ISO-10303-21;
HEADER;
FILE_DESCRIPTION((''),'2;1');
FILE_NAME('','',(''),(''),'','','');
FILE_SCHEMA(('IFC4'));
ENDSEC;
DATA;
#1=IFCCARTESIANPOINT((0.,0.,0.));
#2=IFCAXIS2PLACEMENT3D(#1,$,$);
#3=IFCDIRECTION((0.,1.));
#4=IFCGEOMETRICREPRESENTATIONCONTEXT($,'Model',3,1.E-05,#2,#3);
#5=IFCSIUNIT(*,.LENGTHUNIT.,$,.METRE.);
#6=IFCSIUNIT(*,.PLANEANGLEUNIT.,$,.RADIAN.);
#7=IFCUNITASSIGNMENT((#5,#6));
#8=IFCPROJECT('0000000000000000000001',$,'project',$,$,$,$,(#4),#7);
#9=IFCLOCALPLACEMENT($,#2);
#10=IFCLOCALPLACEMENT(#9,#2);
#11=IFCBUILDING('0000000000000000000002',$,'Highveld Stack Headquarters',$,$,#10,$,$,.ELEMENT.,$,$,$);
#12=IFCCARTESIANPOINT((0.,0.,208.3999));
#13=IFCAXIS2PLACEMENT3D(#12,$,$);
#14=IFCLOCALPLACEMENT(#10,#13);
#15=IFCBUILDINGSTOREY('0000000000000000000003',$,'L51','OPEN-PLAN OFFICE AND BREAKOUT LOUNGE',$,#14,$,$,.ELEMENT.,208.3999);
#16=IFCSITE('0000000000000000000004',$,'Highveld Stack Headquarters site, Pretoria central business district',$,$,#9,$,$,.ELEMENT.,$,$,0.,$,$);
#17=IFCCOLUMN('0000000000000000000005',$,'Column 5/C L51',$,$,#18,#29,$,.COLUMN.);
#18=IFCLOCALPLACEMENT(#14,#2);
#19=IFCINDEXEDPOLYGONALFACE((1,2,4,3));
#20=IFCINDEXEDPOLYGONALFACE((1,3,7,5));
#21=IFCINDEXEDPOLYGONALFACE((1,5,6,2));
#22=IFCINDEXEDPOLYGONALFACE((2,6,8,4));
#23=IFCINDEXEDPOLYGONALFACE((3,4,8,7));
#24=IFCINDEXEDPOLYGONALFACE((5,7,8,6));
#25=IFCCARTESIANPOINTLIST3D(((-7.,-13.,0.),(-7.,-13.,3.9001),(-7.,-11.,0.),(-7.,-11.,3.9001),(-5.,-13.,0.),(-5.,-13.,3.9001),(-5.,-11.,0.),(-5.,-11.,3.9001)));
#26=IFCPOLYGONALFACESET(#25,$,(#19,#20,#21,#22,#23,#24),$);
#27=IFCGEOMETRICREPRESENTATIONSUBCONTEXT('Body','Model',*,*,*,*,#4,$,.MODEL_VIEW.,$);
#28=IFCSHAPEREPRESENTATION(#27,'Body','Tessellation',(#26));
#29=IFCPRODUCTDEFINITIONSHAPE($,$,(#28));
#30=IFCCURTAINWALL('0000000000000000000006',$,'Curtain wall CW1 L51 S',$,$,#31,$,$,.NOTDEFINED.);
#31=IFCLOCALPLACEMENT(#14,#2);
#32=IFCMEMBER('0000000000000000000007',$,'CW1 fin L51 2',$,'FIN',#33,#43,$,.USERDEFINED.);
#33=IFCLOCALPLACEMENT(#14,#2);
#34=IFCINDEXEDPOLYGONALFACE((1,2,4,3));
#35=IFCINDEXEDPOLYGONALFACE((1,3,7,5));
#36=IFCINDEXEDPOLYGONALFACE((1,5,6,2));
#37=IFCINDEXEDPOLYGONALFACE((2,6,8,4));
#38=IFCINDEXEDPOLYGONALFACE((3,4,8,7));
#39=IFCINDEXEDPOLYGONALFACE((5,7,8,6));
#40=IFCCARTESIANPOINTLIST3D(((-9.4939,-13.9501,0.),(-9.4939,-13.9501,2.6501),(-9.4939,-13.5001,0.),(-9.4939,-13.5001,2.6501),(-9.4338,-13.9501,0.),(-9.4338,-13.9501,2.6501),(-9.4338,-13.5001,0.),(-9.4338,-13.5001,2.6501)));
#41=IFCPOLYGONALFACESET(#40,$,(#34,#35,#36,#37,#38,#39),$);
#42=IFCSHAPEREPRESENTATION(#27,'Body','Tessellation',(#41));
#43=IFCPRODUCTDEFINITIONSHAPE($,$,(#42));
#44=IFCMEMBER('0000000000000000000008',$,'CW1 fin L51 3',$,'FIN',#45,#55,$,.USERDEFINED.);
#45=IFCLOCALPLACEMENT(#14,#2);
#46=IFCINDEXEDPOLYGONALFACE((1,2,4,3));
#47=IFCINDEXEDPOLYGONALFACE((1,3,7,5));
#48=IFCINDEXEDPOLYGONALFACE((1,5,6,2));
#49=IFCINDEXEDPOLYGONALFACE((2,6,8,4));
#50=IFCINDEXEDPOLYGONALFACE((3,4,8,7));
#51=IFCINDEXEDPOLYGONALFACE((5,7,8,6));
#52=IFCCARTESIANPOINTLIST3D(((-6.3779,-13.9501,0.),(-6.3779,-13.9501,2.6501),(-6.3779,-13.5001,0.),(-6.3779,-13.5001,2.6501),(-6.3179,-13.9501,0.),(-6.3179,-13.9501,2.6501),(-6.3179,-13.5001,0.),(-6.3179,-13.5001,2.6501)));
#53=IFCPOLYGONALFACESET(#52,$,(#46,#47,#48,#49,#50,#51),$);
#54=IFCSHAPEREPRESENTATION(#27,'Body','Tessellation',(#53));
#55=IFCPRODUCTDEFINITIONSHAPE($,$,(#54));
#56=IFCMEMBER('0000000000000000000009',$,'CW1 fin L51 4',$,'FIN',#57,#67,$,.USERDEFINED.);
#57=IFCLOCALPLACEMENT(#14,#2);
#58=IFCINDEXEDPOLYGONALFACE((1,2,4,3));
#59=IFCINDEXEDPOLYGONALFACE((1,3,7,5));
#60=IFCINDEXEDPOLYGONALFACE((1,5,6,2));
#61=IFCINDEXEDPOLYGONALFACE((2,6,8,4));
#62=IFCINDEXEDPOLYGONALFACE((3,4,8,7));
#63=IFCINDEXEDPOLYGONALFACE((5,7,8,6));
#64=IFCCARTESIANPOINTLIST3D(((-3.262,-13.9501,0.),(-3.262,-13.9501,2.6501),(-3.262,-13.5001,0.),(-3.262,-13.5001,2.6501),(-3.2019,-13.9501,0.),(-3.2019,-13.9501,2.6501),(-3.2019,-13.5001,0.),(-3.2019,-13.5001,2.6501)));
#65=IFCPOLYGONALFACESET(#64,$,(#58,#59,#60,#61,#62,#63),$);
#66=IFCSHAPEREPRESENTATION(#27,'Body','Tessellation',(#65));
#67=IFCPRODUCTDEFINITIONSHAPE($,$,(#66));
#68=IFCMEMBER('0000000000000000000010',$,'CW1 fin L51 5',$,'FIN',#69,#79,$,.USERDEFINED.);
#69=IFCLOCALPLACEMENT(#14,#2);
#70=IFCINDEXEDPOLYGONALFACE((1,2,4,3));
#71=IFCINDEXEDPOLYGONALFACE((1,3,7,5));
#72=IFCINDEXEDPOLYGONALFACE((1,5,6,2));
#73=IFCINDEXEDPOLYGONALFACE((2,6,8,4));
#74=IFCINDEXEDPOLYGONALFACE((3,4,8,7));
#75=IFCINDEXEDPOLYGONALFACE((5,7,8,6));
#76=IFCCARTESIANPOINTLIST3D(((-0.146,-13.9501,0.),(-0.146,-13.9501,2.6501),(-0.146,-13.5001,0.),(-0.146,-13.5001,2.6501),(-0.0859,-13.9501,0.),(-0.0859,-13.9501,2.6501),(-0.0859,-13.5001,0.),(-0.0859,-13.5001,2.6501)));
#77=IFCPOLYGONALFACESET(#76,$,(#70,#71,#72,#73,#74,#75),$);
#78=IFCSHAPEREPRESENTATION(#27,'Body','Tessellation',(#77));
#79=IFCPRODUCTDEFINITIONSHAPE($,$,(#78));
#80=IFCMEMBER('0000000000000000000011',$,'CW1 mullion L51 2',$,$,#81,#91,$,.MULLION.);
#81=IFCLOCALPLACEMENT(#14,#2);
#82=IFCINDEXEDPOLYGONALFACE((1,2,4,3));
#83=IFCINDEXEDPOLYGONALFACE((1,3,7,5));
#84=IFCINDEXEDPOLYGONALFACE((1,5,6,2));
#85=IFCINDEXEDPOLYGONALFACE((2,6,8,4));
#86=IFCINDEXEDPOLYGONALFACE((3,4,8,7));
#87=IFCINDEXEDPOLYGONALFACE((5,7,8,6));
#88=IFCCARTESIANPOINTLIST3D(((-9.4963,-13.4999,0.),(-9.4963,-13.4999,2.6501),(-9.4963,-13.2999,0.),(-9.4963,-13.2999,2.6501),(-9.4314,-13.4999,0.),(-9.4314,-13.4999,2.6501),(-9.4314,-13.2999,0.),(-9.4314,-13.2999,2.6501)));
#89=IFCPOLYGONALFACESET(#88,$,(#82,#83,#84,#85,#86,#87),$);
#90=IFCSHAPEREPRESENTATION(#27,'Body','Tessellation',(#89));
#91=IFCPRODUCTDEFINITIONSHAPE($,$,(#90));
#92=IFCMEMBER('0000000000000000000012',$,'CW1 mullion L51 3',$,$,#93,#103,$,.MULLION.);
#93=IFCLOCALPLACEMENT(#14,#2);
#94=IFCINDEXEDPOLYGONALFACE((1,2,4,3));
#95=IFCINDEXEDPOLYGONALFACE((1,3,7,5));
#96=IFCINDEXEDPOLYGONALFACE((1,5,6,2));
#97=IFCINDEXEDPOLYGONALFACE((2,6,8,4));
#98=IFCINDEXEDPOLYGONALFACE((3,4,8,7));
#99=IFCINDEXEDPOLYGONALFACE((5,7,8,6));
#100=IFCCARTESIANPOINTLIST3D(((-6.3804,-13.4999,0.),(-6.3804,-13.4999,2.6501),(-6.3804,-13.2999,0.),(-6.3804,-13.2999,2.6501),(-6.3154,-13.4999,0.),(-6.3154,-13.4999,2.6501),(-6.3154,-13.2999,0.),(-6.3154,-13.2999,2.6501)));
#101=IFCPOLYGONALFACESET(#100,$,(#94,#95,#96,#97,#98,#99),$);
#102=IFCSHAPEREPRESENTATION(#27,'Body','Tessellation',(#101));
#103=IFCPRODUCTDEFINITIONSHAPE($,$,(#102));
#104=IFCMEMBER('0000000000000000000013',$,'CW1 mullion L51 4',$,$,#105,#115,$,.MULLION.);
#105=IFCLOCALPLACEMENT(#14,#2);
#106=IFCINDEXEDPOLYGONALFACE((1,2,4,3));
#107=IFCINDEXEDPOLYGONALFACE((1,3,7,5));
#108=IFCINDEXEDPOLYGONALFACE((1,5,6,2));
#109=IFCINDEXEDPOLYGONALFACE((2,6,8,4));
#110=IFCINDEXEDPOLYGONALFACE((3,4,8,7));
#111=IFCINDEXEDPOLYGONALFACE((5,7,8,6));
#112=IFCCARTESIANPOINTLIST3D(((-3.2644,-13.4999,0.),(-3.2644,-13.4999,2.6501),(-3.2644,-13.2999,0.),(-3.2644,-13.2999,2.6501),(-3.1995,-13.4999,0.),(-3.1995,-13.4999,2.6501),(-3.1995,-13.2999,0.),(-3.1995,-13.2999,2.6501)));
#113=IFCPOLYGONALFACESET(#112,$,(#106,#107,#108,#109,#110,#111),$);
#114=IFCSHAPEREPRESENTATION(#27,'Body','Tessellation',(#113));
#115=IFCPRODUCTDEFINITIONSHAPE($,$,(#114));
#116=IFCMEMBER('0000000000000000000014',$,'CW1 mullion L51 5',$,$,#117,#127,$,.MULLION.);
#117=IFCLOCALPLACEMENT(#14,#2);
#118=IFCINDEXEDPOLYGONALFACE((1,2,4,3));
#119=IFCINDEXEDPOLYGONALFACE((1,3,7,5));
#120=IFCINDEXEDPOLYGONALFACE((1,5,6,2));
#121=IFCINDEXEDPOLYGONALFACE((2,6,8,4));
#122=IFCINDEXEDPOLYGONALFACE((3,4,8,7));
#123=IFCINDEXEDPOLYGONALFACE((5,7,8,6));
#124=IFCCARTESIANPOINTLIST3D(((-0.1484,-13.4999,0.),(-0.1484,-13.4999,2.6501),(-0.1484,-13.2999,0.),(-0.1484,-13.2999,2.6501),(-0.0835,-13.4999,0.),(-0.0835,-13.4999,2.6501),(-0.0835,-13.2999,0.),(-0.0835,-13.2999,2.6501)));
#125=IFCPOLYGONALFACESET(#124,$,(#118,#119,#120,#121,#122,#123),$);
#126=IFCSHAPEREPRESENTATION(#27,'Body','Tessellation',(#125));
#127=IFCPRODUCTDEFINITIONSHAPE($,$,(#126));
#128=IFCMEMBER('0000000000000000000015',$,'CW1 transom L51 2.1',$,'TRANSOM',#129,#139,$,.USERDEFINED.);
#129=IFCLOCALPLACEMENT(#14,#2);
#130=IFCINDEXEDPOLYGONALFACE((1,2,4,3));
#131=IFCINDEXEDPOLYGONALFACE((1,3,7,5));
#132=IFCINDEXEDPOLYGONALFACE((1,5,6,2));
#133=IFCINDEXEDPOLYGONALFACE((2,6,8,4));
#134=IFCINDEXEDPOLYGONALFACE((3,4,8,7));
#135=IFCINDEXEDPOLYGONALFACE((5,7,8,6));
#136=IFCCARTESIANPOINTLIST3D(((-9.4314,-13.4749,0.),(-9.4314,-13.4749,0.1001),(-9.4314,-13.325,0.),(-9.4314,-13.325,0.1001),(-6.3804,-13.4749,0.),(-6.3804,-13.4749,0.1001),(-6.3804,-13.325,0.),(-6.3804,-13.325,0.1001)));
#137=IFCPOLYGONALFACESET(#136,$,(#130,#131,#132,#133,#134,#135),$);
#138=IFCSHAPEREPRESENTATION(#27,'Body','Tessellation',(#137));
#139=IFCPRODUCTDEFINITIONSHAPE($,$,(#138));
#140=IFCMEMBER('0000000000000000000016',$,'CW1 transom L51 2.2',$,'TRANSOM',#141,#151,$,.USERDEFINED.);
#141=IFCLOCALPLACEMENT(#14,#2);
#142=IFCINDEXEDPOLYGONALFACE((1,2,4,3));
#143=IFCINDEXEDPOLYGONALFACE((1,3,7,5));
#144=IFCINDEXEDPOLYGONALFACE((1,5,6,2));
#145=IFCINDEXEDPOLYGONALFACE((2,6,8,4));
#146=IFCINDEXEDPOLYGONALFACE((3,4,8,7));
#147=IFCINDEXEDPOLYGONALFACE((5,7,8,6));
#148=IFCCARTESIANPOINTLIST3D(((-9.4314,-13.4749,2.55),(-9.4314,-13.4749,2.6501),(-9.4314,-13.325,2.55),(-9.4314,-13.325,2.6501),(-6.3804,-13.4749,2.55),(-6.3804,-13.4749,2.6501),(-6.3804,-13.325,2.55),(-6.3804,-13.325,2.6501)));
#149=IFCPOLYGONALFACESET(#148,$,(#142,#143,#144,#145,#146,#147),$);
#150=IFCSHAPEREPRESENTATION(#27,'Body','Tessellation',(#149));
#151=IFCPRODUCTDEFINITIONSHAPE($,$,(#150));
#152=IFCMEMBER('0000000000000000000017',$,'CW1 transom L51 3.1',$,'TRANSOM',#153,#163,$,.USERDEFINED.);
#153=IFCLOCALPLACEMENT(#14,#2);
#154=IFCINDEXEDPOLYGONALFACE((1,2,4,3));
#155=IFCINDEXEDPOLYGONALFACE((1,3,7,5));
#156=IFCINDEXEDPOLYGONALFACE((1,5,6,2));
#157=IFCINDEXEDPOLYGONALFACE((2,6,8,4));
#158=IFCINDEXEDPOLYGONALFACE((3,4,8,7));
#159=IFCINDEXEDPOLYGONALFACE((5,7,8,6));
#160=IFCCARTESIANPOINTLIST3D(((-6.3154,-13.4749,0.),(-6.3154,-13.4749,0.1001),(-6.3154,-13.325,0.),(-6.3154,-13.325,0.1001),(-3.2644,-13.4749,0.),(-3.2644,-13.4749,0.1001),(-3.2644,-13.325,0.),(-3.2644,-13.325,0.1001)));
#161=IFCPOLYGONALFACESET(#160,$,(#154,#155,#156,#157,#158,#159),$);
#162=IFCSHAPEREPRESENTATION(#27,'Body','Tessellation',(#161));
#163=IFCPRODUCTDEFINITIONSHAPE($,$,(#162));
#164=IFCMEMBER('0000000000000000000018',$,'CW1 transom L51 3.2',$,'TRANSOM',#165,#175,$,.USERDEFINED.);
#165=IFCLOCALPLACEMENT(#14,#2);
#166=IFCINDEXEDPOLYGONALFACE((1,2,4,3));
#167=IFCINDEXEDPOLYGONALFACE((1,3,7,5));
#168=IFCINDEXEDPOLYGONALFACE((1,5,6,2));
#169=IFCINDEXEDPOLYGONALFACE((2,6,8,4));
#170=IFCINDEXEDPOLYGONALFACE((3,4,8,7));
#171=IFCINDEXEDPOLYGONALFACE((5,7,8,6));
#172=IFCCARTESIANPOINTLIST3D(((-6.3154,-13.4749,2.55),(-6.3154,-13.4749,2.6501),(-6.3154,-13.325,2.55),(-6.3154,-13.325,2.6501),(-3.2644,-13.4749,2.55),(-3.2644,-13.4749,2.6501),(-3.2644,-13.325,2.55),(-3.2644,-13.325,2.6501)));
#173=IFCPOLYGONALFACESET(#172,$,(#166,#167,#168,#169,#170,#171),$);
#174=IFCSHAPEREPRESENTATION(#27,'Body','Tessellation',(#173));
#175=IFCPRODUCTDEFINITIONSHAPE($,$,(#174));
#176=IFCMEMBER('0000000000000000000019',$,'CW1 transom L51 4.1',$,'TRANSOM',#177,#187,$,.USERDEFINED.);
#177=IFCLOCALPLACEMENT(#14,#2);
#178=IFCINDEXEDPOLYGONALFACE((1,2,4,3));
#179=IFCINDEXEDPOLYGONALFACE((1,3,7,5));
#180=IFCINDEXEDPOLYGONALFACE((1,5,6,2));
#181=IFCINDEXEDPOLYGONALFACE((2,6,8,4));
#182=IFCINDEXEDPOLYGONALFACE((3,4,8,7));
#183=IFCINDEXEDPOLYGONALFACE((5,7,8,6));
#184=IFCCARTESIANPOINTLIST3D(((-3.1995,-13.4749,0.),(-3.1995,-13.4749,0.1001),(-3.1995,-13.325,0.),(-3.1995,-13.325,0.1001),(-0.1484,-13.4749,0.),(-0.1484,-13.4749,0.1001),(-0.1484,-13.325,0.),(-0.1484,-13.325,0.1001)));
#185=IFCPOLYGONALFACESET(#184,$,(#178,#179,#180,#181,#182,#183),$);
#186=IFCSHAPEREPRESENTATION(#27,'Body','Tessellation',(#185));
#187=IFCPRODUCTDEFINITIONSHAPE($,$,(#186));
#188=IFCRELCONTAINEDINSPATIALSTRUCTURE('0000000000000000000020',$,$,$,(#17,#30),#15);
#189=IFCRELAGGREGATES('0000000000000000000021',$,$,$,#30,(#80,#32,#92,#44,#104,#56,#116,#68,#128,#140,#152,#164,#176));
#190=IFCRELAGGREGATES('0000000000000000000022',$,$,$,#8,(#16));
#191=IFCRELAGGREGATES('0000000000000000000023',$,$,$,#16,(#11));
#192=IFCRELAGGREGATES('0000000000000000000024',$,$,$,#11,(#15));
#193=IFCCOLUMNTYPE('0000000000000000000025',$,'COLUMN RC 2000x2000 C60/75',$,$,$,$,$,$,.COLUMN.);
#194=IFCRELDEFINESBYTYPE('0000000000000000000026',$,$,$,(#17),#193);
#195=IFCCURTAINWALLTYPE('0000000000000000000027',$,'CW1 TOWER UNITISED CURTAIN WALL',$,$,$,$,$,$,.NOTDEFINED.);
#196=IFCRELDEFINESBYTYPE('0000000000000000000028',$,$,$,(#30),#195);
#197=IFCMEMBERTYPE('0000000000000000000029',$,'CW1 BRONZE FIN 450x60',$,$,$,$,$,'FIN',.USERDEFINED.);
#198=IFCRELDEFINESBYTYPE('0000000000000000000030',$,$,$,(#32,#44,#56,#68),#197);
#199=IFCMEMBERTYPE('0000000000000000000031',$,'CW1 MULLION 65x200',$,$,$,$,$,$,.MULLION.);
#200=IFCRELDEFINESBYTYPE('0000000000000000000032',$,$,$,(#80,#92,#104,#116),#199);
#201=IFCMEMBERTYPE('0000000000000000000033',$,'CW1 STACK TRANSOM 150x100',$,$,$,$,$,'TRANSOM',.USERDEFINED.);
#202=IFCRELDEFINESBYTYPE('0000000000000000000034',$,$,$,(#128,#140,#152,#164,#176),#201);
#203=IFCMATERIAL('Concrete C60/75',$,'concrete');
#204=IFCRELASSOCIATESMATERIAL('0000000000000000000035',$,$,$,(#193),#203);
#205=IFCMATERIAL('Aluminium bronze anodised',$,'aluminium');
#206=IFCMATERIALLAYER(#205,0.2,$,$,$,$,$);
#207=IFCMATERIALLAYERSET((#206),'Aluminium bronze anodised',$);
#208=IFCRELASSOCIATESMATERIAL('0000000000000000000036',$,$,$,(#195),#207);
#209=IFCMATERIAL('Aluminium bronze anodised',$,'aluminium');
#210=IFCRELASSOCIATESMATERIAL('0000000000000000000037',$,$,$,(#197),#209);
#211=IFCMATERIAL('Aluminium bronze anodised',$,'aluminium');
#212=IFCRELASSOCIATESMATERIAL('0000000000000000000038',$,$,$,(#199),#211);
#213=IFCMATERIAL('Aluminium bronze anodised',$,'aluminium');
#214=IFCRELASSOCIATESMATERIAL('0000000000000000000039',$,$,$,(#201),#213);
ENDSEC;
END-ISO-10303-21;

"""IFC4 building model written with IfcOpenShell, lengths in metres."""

from ifc_helpers import new_model, si_unit, direction, frame, origin, origin_2d, place, context, subcontext, project, spatial, rectangle, extrude, material, layer, layer_set, material_profile, profile_set, type_object, element, aggregate, save


model = new_model("IFC4")

# Units and contexts
model_context = context("Model", 3, precision=1e-05, world=origin(), true_north=direction((0.0, 1.0)))
body_context = subcontext(model_context, "Body", "Model", "MODEL_VIEW")
ifc_project = project(units=[si_unit("LENGTHUNIT", "METRE"), si_unit("PLANEANGLEUNIT", "RADIAN")], contexts=[model_context])

# Site, building, storey
site_placement = place(None, origin())
site = spatial("IfcSite", under=ifc_project, at=site_placement, Name="Highveld Stack Headquarters site, Pretoria central business district", CompositionType="ELEMENT", RefElevation=0.0)
building_placement = place(site_placement, origin())
building = spatial("IfcBuilding", under=site, at=building_placement, Name="Highveld Stack Headquarters", CompositionType="ELEMENT")
storey_placement = place(building_placement, frame((0.0, 0.0, 208.3999)))
storey = spatial("IfcBuildingStorey", under=building, at=storey_placement, Name="L51", Description="OPEN-PLAN OFFICE AND BREAKOUT LOUNGE", CompositionType="ELEMENT", Elevation=208.3999)

# Column
ifc_material_1 = material(Name="Concrete C60/75", Category="concrete")
ifc_material_profile_1 = material_profile(ifc_material_1, rectangle(XDim=2.0, YDim=2.0, at=origin_2d()), Name="RC 2000x2000")
ifc_profile_set_1 = profile_set([ifc_material_profile_1], Name="Concrete C60/75")
column_type = type_object("IfcColumnType", Name="COLUMN RC 2000x2000 C60/75", PredefinedType="COLUMN", material=ifc_profile_set_1)
column_placement = place(storey_placement, frame((-6.0, -12.0, 0.0), z_axis=(0.0, 0.0, 1.0), x_axis=(1.0, 0.0, 0.0)))
element("IfcColumn", 1, at=column_placement, inside=storey, type_object=column_type, Name="Column 5/C L51", PredefinedType="COLUMN", context=body_context, shape_type="SweptSolid", body=[
    extrude(rectangle(XDim=2.0, YDim=2.0, at=origin_2d()), origin(), (0.0, 0.0, 1.0), 3.9001),
])

# Curtain wall, members
ifc_material_2 = material(Name="Aluminium bronze anodised", Category="aluminium")
ifc_layer_1 = layer(ifc_material_2, 0.2)
ifc_layer_set_1 = layer_set([ifc_layer_1], Name="Aluminium bronze anodised")
curtain_wall_type = type_object("IfcCurtainWallType", Name="CW1 TOWER UNITISED CURTAIN WALL", PredefinedType="NOTDEFINED", material=ifc_layer_set_1)
curtain_wall_placement = place(storey_placement, origin())
curtain_wall = element("IfcCurtainWall", 2, at=curtain_wall_placement, inside=storey, type_object=curtain_wall_type, Name="Curtain wall CW1 L51 S", PredefinedType="NOTDEFINED")
ifc_material_3 = material(Name="Aluminium bronze anodised", Category="aluminium")
ifc_material_profile_2 = material_profile(ifc_material_3, rectangle(XDim=0.45, YDim=0.0601, at=origin_2d()), Name="FIN 450x60")
ifc_profile_set_2 = profile_set([ifc_material_profile_2], Name="Aluminium bronze anodised")
member_type_1 = type_object("IfcMemberType", Name="CW1 BRONZE FIN 450x60", ElementType="FIN", PredefinedType="USERDEFINED", material=ifc_profile_set_2)
member_1_placement = place(storey_placement, frame((-9.4639, -13.7251, 0.0), z_axis=(0.0, 0.0, 1.0), x_axis=(0.0, 1.0, 0.0)))
member_1 = element("IfcMember", 3, at=member_1_placement, type_object=member_type_1, Name="CW1 fin L51 2", ObjectType="FIN", PredefinedType="USERDEFINED", context=body_context, shape_type="SweptSolid", body=[
    extrude(rectangle(XDim=0.45, YDim=0.0601, at=origin_2d()), origin(), (0.0, 0.0, 1.0), 2.6501),
])
member_2_placement = place(storey_placement, frame((-6.3479, -13.7251, 0.0), z_axis=(0.0, 0.0, 1.0), x_axis=(0.0, 1.0, 0.0)))
member_2 = element("IfcMember", 4, at=member_2_placement, type_object=member_type_1, Name="CW1 fin L51 3", ObjectType="FIN", PredefinedType="USERDEFINED", context=body_context, shape_type="SweptSolid", body=[
    extrude(rectangle(XDim=0.45, YDim=0.0601, at=origin_2d()), origin(), (0.0, 0.0, 1.0), 2.6501),
])
member_3_placement = place(storey_placement, frame((-3.2319, -13.7251, 0.0), z_axis=(0.0, 0.0, 1.0), x_axis=(0.0, 1.0, 0.0)))
member_3 = element("IfcMember", 5, at=member_3_placement, type_object=member_type_1, Name="CW1 fin L51 4", ObjectType="FIN", PredefinedType="USERDEFINED", context=body_context, shape_type="SweptSolid", body=[
    extrude(rectangle(XDim=0.45, YDim=0.0601, at=origin_2d()), origin(), (0.0, 0.0, 1.0), 2.6501),
])
member_4_placement = place(storey_placement, frame((-0.116, -13.7251, 0.0), z_axis=(0.0, 0.0, 1.0), x_axis=(0.0, 1.0, 0.0)))
member_4 = element("IfcMember", 6, at=member_4_placement, type_object=member_type_1, Name="CW1 fin L51 5", ObjectType="FIN", PredefinedType="USERDEFINED", context=body_context, shape_type="SweptSolid", body=[
    extrude(rectangle(XDim=0.45, YDim=0.0601, at=origin_2d()), origin(), (0.0, 0.0, 1.0), 2.6501),
])
ifc_material_4 = material(Name="Aluminium bronze anodised", Category="aluminium")
ifc_material_profile_3 = material_profile(ifc_material_4, rectangle(XDim=0.2, YDim=0.0649, at=origin_2d()), Name="CW1 MULLION 65x200")
ifc_profile_set_3 = profile_set([ifc_material_profile_3], Name="Aluminium bronze anodised")
member_type_2 = type_object("IfcMemberType", Name="CW1 MULLION 65x200", PredefinedType="MULLION", material=ifc_profile_set_3)
member_5_placement = place(storey_placement, frame((-9.4639, -13.3999, 0.0), z_axis=(0.0, 0.0, 1.0), x_axis=(0.0, 1.0, 0.0)))
member_5 = element("IfcMember", 7, at=member_5_placement, type_object=member_type_2, Name="CW1 mullion L51 2", PredefinedType="MULLION", context=body_context, shape_type="SweptSolid", body=[
    extrude(rectangle(XDim=0.2, YDim=0.0649, at=origin_2d()), origin(), (0.0, 0.0, 1.0), 2.6501),
])
member_6_placement = place(storey_placement, frame((-6.3479, -13.3999, 0.0), z_axis=(0.0, 0.0, 1.0), x_axis=(0.0, 1.0, 0.0)))
member_6 = element("IfcMember", 8, at=member_6_placement, type_object=member_type_2, Name="CW1 mullion L51 3", PredefinedType="MULLION", context=body_context, shape_type="SweptSolid", body=[
    extrude(rectangle(XDim=0.2, YDim=0.0649, at=origin_2d()), origin(), (0.0, 0.0, 1.0), 2.6501),
])
member_7_placement = place(storey_placement, frame((-3.2319, -13.3999, 0.0), z_axis=(0.0, 0.0, 1.0), x_axis=(0.0, 1.0, 0.0)))
member_7 = element("IfcMember", 9, at=member_7_placement, type_object=member_type_2, Name="CW1 mullion L51 4", PredefinedType="MULLION", context=body_context, shape_type="SweptSolid", body=[
    extrude(rectangle(XDim=0.2, YDim=0.0649, at=origin_2d()), origin(), (0.0, 0.0, 1.0), 2.6501),
])
member_8_placement = place(storey_placement, frame((-0.116, -13.3999, 0.0), z_axis=(0.0, 0.0, 1.0), x_axis=(0.0, 1.0, 0.0)))
member_8 = element("IfcMember", 10, at=member_8_placement, type_object=member_type_2, Name="CW1 mullion L51 5", PredefinedType="MULLION", context=body_context, shape_type="SweptSolid", body=[
    extrude(rectangle(XDim=0.2, YDim=0.0649, at=origin_2d()), origin(), (0.0, 0.0, 1.0), 2.6501),
])
ifc_material_5 = material(Name="Aluminium bronze anodised", Category="aluminium")
ifc_material_profile_4 = material_profile(ifc_material_5, rectangle(XDim=0.1499, YDim=0.1001, at=origin_2d()), Name="CW1 TRANSOM 150x100")
ifc_profile_set_4 = profile_set([ifc_material_profile_4], Name="Aluminium bronze anodised")
member_type_3 = type_object("IfcMemberType", Name="CW1 STACK TRANSOM 150x100", ElementType="TRANSOM", PredefinedType="USERDEFINED", material=ifc_profile_set_4)
member_9_placement = place(storey_placement, frame((-9.4314, -13.3999, 0.05), z_axis=(1.0, 0.0, 0.0), x_axis=(0.0, 1.0, 0.0)))
member_9 = element("IfcMember", 11, at=member_9_placement, type_object=member_type_3, Name="CW1 transom L51 2.1", ObjectType="TRANSOM", PredefinedType="USERDEFINED", context=body_context, shape_type="SweptSolid", body=[
    extrude(rectangle(XDim=0.1499, YDim=0.1001, at=origin_2d()), origin(), (0.0, 0.0, 1.0), 3.051),
])
member_10_placement = place(storey_placement, frame((-9.4314, -13.3999, 2.6001), z_axis=(1.0, 0.0, 0.0), x_axis=(0.0, 1.0, 0.0)))
member_10 = element("IfcMember", 12, at=member_10_placement, type_object=member_type_3, Name="CW1 transom L51 2.2", ObjectType="TRANSOM", PredefinedType="USERDEFINED", context=body_context, shape_type="SweptSolid", body=[
    extrude(rectangle(XDim=0.1499, YDim=0.1001, at=origin_2d()), origin(), (0.0, 0.0, 1.0), 3.051),
])
member_11_placement = place(storey_placement, frame((-6.3154, -13.3999, 0.05), z_axis=(1.0, 0.0, 0.0), x_axis=(0.0, 1.0, 0.0)))
member_11 = element("IfcMember", 13, at=member_11_placement, type_object=member_type_3, Name="CW1 transom L51 3.1", ObjectType="TRANSOM", PredefinedType="USERDEFINED", context=body_context, shape_type="SweptSolid", body=[
    extrude(rectangle(XDim=0.1499, YDim=0.1001, at=origin_2d()), origin(), (0.0, 0.0, 1.0), 3.051),
])
member_12_placement = place(storey_placement, frame((-6.3154, -13.3999, 2.6001), z_axis=(1.0, 0.0, 0.0), x_axis=(0.0, 1.0, 0.0)))
member_12 = element("IfcMember", 14, at=member_12_placement, type_object=member_type_3, Name="CW1 transom L51 3.2", ObjectType="TRANSOM", PredefinedType="USERDEFINED", context=body_context, shape_type="SweptSolid", body=[
    extrude(rectangle(XDim=0.1499, YDim=0.1001, at=origin_2d()), origin(), (0.0, 0.0, 1.0), 3.051),
])
member_13_placement = place(storey_placement, frame((-3.1995, -13.3999, 0.05), z_axis=(1.0, 0.0, 0.0), x_axis=(0.0, 1.0, 0.0)))
member_13 = element("IfcMember", 15, at=member_13_placement, type_object=member_type_3, Name="CW1 transom L51 4.1", ObjectType="TRANSOM", PredefinedType="USERDEFINED", context=body_context, shape_type="SweptSolid", body=[
    extrude(rectangle(XDim=0.1499, YDim=0.1001, at=origin_2d()), origin(), (0.0, 0.0, 1.0), 3.051),
])
aggregate(curtain_wall, [member_5, member_1, member_6, member_2, member_7, member_3, member_8, member_4, member_9, member_10, member_11, member_12, member_13])

save(model, "model.ifc")
